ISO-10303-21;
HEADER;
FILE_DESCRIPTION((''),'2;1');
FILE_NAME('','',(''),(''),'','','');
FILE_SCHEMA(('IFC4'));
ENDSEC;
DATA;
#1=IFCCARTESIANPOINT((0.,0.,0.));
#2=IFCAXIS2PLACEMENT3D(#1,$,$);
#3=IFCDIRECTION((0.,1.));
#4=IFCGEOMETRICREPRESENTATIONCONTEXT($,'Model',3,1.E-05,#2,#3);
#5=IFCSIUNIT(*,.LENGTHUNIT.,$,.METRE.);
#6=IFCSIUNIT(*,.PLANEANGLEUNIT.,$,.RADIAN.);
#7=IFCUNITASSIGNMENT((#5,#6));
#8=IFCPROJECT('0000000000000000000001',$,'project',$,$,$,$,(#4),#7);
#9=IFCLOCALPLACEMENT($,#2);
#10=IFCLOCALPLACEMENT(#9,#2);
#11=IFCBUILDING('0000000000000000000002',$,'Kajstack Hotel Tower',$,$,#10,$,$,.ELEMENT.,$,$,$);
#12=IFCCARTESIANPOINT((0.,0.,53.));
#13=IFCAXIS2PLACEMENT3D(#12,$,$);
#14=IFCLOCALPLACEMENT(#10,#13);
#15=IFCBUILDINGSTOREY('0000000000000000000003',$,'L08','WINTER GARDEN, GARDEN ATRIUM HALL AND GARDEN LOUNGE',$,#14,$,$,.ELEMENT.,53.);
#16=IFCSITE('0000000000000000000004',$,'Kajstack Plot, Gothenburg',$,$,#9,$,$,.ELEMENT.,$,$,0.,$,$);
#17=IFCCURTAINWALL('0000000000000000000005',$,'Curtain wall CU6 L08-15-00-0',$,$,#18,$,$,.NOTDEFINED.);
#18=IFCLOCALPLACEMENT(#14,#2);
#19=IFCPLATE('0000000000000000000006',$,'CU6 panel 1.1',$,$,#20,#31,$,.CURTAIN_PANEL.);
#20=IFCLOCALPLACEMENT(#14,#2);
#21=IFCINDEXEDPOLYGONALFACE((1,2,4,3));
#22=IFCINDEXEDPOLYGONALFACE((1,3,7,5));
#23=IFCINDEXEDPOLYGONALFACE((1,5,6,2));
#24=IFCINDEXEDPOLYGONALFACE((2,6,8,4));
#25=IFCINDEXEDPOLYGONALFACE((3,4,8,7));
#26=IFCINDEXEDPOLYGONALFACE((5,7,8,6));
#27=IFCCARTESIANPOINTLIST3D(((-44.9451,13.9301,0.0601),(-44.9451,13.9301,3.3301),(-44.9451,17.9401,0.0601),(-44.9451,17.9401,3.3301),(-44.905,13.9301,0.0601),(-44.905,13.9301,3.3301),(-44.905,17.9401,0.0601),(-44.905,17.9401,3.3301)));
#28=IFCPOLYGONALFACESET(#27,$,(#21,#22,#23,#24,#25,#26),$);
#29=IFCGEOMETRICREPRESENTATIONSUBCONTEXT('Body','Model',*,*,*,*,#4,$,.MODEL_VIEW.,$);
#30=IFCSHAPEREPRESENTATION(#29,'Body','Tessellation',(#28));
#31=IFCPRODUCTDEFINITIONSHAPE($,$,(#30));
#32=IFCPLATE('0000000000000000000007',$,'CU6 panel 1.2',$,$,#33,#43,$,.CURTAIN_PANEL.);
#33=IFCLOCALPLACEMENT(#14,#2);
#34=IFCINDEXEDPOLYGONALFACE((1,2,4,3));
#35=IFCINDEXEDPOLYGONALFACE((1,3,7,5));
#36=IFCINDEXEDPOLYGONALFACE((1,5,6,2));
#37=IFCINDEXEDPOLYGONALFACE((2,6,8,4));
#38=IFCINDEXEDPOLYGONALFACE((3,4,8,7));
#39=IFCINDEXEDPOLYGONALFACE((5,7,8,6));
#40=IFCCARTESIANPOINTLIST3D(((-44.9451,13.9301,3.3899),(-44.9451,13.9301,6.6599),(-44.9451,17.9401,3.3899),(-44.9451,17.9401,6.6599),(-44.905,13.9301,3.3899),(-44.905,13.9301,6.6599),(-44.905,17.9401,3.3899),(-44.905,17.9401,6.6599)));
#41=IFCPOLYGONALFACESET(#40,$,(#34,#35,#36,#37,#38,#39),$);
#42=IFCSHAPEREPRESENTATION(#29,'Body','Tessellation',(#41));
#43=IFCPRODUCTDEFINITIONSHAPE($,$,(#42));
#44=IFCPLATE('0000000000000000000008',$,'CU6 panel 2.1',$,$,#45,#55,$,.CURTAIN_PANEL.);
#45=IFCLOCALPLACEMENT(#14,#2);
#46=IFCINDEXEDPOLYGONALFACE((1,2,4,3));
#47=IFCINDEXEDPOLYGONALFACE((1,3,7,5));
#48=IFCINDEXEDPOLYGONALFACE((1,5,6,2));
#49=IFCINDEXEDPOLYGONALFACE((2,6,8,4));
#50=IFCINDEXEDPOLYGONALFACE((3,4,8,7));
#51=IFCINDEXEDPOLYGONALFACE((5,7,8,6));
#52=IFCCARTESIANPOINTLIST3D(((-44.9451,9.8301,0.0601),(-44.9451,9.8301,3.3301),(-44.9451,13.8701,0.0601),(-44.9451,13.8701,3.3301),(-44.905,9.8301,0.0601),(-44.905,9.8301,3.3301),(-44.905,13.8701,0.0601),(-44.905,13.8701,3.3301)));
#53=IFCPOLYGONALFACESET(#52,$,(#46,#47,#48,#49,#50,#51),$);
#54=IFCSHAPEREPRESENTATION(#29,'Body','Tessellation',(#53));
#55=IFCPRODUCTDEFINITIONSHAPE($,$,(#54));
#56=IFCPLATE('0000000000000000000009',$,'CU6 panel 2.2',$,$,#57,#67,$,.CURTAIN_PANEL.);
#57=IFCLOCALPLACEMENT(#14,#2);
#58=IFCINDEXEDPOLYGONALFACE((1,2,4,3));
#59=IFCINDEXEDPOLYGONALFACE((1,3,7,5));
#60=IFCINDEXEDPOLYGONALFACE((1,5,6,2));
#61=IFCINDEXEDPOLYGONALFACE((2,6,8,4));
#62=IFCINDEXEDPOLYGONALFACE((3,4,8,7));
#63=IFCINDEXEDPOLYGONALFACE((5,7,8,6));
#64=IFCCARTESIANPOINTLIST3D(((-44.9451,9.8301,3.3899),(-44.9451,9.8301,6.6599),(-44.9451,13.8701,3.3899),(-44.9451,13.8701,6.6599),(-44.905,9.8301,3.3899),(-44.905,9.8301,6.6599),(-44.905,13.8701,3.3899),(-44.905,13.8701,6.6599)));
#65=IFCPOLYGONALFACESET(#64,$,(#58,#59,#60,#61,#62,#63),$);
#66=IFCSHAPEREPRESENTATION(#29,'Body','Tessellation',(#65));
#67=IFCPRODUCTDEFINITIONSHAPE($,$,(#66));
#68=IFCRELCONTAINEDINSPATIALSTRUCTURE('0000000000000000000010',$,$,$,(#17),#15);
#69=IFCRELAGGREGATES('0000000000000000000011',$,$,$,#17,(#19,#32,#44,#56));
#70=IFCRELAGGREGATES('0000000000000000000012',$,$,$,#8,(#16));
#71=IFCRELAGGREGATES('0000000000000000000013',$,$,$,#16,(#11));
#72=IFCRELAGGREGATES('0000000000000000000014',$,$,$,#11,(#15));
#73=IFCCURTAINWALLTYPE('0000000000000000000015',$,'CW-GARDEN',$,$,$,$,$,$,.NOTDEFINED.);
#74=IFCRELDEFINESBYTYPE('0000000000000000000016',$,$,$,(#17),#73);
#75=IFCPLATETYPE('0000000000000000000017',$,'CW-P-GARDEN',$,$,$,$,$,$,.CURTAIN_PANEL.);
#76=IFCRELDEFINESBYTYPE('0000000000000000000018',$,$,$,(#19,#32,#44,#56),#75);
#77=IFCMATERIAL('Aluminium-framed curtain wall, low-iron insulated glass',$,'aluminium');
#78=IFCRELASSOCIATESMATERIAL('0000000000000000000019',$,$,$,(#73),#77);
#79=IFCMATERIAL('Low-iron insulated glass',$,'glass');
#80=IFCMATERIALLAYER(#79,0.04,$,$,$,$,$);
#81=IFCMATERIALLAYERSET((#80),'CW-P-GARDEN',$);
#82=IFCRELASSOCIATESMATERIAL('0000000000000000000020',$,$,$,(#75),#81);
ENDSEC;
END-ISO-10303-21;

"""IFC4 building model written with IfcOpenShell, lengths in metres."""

from ifc_helpers import new_model, si_unit, direction, frame, origin, origin_2d, place, context, subcontext, project, spatial, rectangle, extrude, material, layer, layer_set, type_object, element, aggregate, save


model = new_model("IFC4")

# Units and contexts
model_context = context("Model", 3, precision=1e-05, world=origin(), true_north=direction((0.0, 1.0)))
body_context = subcontext(model_context, "Body", "Model", "MODEL_VIEW")
ifc_project = project(units=[si_unit("LENGTHUNIT", "METRE"), si_unit("PLANEANGLEUNIT", "RADIAN")], contexts=[model_context])

# Site, building, storey
site_placement = place(None, origin())
site = spatial("IfcSite", under=ifc_project, at=site_placement, Name="Kajstack Plot, Gothenburg", CompositionType="ELEMENT", RefElevation=0.0)
building_placement = place(site_placement, origin())
building = spatial("IfcBuilding", under=site, at=building_placement, Name="Kajstack Hotel Tower", CompositionType="ELEMENT")
storey_placement = place(building_placement, frame((0.0, 0.0, 53.0)))
storey = spatial("IfcBuildingStorey", under=building, at=storey_placement, Name="L08", Description="WINTER GARDEN, GARDEN ATRIUM HALL AND GARDEN LOUNGE", CompositionType="ELEMENT", Elevation=53.0)

# Curtain wall
ifc_material_1 = material(Name="Aluminium-framed curtain wall, low-iron insulated glass", Category="aluminium")
curtain_wall_type = type_object("IfcCurtainWallType", Name="CW-GARDEN", PredefinedType="NOTDEFINED", material=ifc_material_1)
curtain_wall_placement = place(storey_placement, origin())
curtain_wall = element("IfcCurtainWall", 1, at=curtain_wall_placement, inside=storey, type_object=curtain_wall_type, Name="Curtain wall CU6 L08-15-00-0", PredefinedType="NOTDEFINED")

# Plates
ifc_material_2 = material(Name="Low-iron insulated glass", Category="glass")
ifc_layer = layer(ifc_material_2, 0.04)
ifc_layer_set = layer_set([ifc_layer], Name="CW-P-GARDEN")
plate_type = type_object("IfcPlateType", Name="CW-P-GARDEN", PredefinedType="CURTAIN_PANEL", material=ifc_layer_set)
plate_1_placement = place(storey_placement, frame((-44.925, 15.9351, 0.0601), z_axis=(0.0, 0.0, 1.0), x_axis=(0.0, -1.0, 0.0)))
plate_1 = element("IfcPlate", 2, at=plate_1_placement, type_object=plate_type, Name="CU6 panel 1.1", PredefinedType="CURTAIN_PANEL", context=body_context, shape_type="SweptSolid", body=[
    extrude(rectangle(XDim=4.01, YDim=0.04, at=origin_2d()), origin(), (0.0, 0.0, 1.0), 3.27),
])
plate_2_placement = place(storey_placement, frame((-44.925, 15.9351, 3.3899), z_axis=(0.0, 0.0, 1.0), x_axis=(0.0, -1.0, 0.0)))
plate_2 = element("IfcPlate", 3, at=plate_2_placement, type_object=plate_type, Name="CU6 panel 1.2", PredefinedType="CURTAIN_PANEL", context=body_context, shape_type="SweptSolid", body=[
    extrude(rectangle(XDim=4.01, YDim=0.04, at=origin_2d()), origin(), (0.0, 0.0, 1.0), 3.27),
])
plate_3_placement = place(storey_placement, frame((-44.925, 11.8501, 0.0601), z_axis=(0.0, 0.0, 1.0), x_axis=(0.0, -1.0, 0.0)))
plate_3 = element("IfcPlate", 4, at=plate_3_placement, type_object=plate_type, Name="CU6 panel 2.1", PredefinedType="CURTAIN_PANEL", context=body_context, shape_type="SweptSolid", body=[
    extrude(rectangle(XDim=4.04, YDim=0.04, at=origin_2d()), origin(), (0.0, 0.0, 1.0), 3.27),
])
plate_4_placement = place(storey_placement, frame((-44.925, 11.8501, 3.3899), z_axis=(0.0, 0.0, 1.0), x_axis=(0.0, -1.0, 0.0)))
plate_4 = element("IfcPlate", 5, at=plate_4_placement, type_object=plate_type, Name="CU6 panel 2.2", PredefinedType="CURTAIN_PANEL", context=body_context, shape_type="SweptSolid", body=[
    extrude(rectangle(XDim=4.04, YDim=0.04, at=origin_2d()), origin(), (0.0, 0.0, 1.0), 3.27),
])
aggregate(curtain_wall, [plate_1, plate_2, plate_3, plate_4])

save(model, "model.ifc")
